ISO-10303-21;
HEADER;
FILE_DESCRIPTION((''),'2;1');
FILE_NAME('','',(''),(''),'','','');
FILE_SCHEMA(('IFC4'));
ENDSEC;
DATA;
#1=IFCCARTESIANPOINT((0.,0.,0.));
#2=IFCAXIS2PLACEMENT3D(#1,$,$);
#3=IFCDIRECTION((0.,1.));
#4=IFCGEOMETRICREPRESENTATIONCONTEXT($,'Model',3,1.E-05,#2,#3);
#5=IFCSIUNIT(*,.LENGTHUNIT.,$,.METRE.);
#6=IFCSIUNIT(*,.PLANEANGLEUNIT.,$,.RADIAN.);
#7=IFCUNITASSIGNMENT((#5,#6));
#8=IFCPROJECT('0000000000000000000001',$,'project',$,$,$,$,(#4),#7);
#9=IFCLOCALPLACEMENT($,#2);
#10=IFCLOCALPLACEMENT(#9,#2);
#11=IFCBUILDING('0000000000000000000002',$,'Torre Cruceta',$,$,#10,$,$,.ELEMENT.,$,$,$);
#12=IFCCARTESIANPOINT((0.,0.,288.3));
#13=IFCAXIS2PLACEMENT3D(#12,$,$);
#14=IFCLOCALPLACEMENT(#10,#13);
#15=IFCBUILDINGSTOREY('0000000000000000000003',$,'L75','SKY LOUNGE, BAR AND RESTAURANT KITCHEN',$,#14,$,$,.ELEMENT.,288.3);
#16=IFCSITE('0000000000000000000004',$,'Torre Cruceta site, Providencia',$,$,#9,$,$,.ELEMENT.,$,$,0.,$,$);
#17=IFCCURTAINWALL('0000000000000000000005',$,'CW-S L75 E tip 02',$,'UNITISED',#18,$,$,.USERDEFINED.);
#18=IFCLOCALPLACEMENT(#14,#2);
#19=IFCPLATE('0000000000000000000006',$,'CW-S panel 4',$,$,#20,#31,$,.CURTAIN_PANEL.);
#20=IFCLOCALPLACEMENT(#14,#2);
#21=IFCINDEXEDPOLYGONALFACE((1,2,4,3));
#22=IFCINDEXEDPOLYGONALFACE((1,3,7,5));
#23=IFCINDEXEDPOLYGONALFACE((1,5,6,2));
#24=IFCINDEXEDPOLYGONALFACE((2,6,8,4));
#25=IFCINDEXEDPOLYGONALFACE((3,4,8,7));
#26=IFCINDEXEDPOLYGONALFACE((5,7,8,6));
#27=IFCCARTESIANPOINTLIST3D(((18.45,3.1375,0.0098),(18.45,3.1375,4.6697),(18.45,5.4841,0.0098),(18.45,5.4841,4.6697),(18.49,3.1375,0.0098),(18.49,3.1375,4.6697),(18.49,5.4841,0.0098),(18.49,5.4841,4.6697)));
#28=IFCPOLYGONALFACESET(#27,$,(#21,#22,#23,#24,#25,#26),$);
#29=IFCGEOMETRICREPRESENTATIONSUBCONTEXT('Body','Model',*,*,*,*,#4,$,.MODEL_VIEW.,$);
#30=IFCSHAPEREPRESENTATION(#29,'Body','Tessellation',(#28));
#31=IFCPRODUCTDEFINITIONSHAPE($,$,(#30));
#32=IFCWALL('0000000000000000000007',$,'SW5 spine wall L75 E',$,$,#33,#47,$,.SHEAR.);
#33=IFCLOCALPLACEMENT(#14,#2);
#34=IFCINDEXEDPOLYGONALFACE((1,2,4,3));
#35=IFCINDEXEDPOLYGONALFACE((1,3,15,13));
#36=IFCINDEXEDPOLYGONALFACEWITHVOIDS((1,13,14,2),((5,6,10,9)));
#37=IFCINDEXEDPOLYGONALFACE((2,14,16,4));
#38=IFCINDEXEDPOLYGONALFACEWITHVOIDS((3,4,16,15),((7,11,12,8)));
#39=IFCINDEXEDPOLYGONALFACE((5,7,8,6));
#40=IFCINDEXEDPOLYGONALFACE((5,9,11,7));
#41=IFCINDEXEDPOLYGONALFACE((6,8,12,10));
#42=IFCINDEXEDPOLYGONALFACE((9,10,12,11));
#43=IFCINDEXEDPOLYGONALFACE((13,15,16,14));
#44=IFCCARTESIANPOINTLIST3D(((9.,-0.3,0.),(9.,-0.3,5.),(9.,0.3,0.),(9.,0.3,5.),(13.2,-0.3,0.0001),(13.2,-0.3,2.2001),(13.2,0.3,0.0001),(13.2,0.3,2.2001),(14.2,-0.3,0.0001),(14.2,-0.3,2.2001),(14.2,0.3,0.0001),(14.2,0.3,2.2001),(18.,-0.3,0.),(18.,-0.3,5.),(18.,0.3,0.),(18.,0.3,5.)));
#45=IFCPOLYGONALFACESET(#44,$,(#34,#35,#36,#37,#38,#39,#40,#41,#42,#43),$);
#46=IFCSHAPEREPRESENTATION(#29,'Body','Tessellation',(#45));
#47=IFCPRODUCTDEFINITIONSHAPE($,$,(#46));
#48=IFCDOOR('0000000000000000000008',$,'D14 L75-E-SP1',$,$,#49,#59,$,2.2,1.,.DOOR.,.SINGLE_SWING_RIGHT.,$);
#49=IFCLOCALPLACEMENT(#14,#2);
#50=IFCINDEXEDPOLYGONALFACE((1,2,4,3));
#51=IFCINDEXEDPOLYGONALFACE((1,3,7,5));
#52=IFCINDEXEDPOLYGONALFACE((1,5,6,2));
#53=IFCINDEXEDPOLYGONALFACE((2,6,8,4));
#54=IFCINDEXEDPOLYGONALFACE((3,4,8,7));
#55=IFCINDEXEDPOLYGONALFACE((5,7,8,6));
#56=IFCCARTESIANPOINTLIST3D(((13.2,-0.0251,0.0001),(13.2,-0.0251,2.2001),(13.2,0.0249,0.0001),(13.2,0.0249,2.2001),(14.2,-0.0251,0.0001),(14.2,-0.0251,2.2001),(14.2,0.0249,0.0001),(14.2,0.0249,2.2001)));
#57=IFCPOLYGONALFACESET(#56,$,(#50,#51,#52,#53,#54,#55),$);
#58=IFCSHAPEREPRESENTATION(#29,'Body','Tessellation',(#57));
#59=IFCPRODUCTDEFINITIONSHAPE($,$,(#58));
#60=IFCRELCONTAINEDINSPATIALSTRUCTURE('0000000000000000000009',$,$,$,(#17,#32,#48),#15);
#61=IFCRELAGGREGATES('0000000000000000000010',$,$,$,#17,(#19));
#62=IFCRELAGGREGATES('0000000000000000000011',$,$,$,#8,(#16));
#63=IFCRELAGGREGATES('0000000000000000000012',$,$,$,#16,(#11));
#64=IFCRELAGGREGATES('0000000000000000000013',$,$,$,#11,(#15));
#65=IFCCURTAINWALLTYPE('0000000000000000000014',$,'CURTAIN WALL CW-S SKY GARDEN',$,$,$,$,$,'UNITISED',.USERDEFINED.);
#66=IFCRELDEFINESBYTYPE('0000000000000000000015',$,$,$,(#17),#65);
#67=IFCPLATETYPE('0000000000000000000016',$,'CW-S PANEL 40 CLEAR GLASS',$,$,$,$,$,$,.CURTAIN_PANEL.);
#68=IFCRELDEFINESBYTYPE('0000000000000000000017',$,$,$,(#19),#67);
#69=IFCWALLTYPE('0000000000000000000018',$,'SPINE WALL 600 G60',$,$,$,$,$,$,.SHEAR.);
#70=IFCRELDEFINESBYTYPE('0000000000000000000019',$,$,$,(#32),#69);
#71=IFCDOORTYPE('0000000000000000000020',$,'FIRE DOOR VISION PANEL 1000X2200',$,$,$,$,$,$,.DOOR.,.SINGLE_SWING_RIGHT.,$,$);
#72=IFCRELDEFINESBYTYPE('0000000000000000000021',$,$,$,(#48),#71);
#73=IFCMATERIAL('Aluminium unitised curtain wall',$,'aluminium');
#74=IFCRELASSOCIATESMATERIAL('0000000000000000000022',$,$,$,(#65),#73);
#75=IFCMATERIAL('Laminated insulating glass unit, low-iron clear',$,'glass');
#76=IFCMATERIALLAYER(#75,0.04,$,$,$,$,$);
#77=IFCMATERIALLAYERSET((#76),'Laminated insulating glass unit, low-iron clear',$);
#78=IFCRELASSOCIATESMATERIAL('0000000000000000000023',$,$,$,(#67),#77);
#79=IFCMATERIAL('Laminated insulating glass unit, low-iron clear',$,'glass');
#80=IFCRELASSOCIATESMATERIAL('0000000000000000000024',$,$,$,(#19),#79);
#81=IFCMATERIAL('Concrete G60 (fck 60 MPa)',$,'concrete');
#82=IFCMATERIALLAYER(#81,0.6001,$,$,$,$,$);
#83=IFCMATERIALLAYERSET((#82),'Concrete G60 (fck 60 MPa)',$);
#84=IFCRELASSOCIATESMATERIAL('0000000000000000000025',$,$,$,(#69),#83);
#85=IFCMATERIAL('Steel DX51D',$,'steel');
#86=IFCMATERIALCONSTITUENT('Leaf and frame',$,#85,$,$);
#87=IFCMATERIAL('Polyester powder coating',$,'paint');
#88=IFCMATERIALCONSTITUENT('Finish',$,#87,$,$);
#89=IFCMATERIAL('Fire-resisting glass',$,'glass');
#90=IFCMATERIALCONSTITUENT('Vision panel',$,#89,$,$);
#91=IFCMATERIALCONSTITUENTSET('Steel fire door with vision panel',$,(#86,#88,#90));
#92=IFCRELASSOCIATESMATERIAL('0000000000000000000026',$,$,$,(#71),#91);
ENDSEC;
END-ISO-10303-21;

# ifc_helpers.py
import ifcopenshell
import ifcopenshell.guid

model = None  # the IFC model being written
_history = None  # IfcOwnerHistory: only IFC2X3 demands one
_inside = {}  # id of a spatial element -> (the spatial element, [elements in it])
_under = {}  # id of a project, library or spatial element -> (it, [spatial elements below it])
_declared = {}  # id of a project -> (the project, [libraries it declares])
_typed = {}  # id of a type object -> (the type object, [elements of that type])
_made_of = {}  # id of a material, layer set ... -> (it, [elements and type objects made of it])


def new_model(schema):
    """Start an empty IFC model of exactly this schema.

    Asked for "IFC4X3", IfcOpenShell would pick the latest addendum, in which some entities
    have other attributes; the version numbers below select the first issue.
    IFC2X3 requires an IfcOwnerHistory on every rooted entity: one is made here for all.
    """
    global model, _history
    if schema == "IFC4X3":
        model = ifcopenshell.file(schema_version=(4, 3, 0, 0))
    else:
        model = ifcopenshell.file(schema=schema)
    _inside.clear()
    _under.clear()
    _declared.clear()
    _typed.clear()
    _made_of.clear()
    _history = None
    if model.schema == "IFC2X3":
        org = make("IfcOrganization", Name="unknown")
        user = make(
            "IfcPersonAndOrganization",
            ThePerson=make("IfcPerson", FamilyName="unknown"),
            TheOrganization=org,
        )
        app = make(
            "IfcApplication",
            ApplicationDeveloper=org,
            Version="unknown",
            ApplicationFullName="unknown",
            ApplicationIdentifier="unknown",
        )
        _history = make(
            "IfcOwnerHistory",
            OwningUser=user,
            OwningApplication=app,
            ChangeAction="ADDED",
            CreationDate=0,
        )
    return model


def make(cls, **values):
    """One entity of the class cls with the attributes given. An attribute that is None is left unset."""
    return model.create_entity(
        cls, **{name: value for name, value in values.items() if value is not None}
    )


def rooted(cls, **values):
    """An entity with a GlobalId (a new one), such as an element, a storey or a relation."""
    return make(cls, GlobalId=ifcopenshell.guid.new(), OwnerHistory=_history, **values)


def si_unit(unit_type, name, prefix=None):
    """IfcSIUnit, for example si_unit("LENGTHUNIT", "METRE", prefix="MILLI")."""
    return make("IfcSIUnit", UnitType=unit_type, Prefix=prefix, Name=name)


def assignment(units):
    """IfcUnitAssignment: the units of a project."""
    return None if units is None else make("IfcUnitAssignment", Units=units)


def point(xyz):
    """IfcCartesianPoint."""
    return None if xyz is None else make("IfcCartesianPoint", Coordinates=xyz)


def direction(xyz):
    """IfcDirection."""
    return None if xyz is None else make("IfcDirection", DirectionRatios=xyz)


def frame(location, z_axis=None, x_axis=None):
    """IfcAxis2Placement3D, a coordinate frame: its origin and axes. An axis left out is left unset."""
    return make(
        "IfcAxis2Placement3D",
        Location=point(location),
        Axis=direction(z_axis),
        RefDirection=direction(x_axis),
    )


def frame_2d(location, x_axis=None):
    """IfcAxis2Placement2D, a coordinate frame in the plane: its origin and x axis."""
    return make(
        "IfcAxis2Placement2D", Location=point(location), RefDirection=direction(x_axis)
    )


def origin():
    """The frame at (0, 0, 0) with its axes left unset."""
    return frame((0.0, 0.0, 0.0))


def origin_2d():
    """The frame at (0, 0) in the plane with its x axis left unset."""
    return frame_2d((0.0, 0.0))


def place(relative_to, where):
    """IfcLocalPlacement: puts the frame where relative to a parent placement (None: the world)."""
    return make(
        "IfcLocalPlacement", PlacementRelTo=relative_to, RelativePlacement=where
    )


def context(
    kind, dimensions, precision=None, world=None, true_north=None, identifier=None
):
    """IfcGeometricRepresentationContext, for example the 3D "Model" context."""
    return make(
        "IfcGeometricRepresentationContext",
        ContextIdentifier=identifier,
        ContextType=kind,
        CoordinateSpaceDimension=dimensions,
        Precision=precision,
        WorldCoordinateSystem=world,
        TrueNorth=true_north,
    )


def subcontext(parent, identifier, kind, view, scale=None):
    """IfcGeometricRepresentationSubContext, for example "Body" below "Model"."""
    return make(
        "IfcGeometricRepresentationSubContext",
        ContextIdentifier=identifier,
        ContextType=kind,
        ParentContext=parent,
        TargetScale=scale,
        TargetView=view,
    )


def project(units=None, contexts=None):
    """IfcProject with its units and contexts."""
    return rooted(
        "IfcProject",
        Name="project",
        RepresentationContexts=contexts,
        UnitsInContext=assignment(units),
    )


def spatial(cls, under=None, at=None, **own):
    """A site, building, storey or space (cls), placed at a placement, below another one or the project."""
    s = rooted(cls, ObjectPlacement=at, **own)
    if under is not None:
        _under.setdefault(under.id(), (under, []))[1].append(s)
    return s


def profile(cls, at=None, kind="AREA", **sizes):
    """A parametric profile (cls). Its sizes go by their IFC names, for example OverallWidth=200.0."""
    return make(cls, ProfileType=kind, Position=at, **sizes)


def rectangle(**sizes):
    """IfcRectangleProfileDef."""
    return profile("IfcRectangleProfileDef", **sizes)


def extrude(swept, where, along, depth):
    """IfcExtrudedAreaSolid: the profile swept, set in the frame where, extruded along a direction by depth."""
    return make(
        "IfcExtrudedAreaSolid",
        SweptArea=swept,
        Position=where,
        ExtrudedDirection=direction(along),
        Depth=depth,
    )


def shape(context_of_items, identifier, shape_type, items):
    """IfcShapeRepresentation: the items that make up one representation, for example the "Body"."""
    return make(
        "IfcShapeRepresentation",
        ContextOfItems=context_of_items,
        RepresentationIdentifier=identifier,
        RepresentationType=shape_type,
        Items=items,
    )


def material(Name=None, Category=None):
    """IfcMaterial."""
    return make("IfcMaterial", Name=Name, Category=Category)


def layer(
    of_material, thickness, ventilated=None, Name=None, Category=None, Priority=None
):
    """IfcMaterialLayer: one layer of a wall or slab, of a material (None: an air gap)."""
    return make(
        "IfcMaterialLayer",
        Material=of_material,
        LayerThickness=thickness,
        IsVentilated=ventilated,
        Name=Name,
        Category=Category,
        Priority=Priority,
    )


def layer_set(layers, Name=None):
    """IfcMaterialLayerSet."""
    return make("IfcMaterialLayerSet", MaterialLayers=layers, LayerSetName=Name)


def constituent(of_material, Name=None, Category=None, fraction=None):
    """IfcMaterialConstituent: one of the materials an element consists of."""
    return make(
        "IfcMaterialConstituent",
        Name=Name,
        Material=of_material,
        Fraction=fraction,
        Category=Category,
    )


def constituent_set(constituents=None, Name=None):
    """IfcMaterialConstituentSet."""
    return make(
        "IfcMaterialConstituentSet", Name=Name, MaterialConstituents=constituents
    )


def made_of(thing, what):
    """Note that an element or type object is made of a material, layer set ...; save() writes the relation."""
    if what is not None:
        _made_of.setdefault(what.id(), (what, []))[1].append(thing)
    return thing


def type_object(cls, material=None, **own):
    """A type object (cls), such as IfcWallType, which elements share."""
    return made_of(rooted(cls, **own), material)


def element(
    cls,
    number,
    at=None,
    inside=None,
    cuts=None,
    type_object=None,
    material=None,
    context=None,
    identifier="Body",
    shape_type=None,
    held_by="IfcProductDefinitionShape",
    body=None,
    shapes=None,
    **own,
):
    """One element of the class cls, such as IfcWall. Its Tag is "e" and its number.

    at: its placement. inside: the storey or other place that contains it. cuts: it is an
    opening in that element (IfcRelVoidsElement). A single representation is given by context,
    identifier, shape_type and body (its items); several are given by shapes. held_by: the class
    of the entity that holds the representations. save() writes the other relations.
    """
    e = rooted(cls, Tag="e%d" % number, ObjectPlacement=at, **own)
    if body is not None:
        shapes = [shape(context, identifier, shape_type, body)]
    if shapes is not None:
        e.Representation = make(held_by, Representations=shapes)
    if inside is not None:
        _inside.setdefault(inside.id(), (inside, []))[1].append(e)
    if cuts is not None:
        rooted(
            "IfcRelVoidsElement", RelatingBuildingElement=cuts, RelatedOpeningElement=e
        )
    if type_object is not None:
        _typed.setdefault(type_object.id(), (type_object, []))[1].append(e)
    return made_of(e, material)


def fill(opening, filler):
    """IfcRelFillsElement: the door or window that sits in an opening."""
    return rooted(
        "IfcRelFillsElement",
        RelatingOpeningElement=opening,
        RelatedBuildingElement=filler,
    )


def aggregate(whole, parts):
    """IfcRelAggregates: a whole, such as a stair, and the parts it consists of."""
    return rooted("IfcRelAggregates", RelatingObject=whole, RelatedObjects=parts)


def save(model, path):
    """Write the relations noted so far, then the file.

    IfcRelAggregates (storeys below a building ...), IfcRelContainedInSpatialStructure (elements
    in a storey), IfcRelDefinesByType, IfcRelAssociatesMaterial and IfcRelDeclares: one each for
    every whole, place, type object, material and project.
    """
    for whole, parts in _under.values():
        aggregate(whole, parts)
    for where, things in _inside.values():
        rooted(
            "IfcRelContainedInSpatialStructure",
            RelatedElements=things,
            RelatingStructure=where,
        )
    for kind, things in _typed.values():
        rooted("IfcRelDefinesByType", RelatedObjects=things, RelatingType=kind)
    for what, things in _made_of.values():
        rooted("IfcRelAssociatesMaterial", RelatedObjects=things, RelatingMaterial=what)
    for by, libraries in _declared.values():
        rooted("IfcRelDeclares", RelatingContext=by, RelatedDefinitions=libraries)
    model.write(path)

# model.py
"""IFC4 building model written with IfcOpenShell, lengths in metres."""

from ifc_helpers import new_model, si_unit, direction, frame, frame_2d, origin, origin_2d, place, context, subcontext, project, spatial, rectangle, extrude, material, layer, layer_set, constituent, constituent_set, type_object, element, fill, aggregate, save


model = new_model("IFC4")

# Units and contexts
model_context = context("Model", 3, precision=1e-05, world=origin(), true_north=direction((0.0, 1.0)))
body_context = subcontext(model_context, "Body", "Model", "MODEL_VIEW")
ifc_project = project(units=[si_unit("LENGTHUNIT", "METRE"), si_unit("PLANEANGLEUNIT", "RADIAN")], contexts=[model_context])

# Site, building, storey
site_placement = place(None, origin())
site = spatial("IfcSite", under=ifc_project, at=site_placement, Name="Torre Cruceta site, Providencia", CompositionType="ELEMENT", RefElevation=0.0)
building_placement = place(site_placement, origin())
building = spatial("IfcBuilding", under=site, at=building_placement, Name="Torre Cruceta", CompositionType="ELEMENT")
storey_placement = place(building_placement, frame((0.0, 0.0, 288.3)))
storey = spatial("IfcBuildingStorey", under=building, at=storey_placement, Name="L75", Description="SKY LOUNGE, BAR AND RESTAURANT KITCHEN", CompositionType="ELEMENT", Elevation=288.3)

# Curtain wall
ifc_material_1 = material(Name="Aluminium unitised curtain wall", Category="aluminium")
curtain_wall_type = type_object("IfcCurtainWallType", Name="CURTAIN WALL CW-S SKY GARDEN", ElementType="UNITISED", PredefinedType="USERDEFINED", material=ifc_material_1)
curtain_wall_placement = place(storey_placement, origin())
curtain_wall = element("IfcCurtainWall", 1, at=curtain_wall_placement, inside=storey, type_object=curtain_wall_type, Name="CW-S L75 E tip 02", ObjectType="UNITISED", PredefinedType="USERDEFINED")

# Plate
ifc_material_2 = material(Name="Laminated insulating glass unit, low-iron clear", Category="glass")
ifc_material_3 = material(Name="Laminated insulating glass unit, low-iron clear", Category="glass")
ifc_layer_1 = layer(ifc_material_3, 0.04)
ifc_layer_set_1 = layer_set([ifc_layer_1], Name="Laminated insulating glass unit, low-iron clear")
plate_type = type_object("IfcPlateType", Name="CW-S PANEL 40 CLEAR GLASS", PredefinedType="CURTAIN_PANEL", material=ifc_layer_set_1)
plate_1_placement = place(storey_placement, frame((18.47, 4.3108, 0.0098), z_axis=(0.0, 0.0, 1.0), x_axis=(0.0, 1.0, 0.0)))
plate_1 = element("IfcPlate", 2, at=plate_1_placement, type_object=plate_type, material=ifc_material_2, Name="CW-S panel 4", PredefinedType="CURTAIN_PANEL", context=body_context, shape_type="SweptSolid", body=[
    extrude(rectangle(XDim=2.3467, YDim=0.04, at=origin_2d()), origin(), (0.0, 0.0, 1.0), 4.6599),
])
aggregate(curtain_wall, [plate_1])

# Wall, opening, door
ifc_material_4 = material(Name="Concrete G60 (fck 60 MPa)", Category="concrete")
ifc_layer_2 = layer(ifc_material_4, 0.6001)
ifc_layer_set_2 = layer_set([ifc_layer_2], Name="Concrete G60 (fck 60 MPa)")
wall_type = type_object("IfcWallType", Name="SPINE WALL 600 G60", PredefinedType="SHEAR", material=ifc_layer_set_2)
wall_placement = place(storey_placement, frame((9.0, 0.0, 0.0), z_axis=(0.0, 0.0, 1.0), x_axis=(1.0, 0.0, 0.0)))
wall = element("IfcWall", 3, at=wall_placement, inside=storey, type_object=wall_type, Name="SW5 spine wall L75 E", PredefinedType="SHEAR", context=body_context, shape_type="SweptSolid", body=[
    extrude(rectangle(XDim=9.0, YDim=0.6001, at=frame_2d((4.5, 0.0))), origin(), (0.0, 0.0, 1.0), 5.0),
])
opening_placement = place(wall_placement, frame((4.2, 0.0, 0.0)))
opening = element("IfcOpeningElement", 4, at=opening_placement, cuts=wall, PredefinedType="OPENING", context=body_context, shape_type="SweptSolid", body=[
    extrude(rectangle(XDim=1.0, YDim=2.2, at=frame_2d((0.5, 1.1001))), frame((0.0, 0.3101, 0.0), z_axis=(0.0, -1.0, 0.0), x_axis=(1.0, 0.0, 0.0)), (0.0, 0.0, 1.0), 0.6201),
])
ifc_material_5 = material(Name="Steel DX51D", Category="steel")
ifc_constituent_1 = constituent(ifc_material_5, Name="Leaf and frame")
ifc_material_6 = material(Name="Polyester powder coating", Category="paint")
ifc_constituent_2 = constituent(ifc_material_6, Name="Finish")
ifc_material_7 = material(Name="Fire-resisting glass", Category="glass")
ifc_constituent_3 = constituent(ifc_material_7, Name="Vision panel")
ifc_constituent_set = constituent_set(constituents=[ifc_constituent_1, ifc_constituent_2, ifc_constituent_3], Name="Steel fire door with vision panel")
door_type = type_object("IfcDoorType", Name="FIRE DOOR VISION PANEL 1000X2200", OperationType="SINGLE_SWING_RIGHT", PredefinedType="DOOR", material=ifc_constituent_set)
door_placement = place(opening_placement, frame((1.0, 0.0, 0.0), z_axis=(0.0, 0.0, 1.0), x_axis=(-1.0, 0.0, 0.0)))
door = element("IfcDoor", 5, at=door_placement, inside=storey, type_object=door_type, Name="D14 L75-E-SP1", OperationType="SINGLE_SWING_RIGHT", OverallHeight=2.2, OverallWidth=1.0, PredefinedType="DOOR", context=body_context, shape_type="SweptSolid", body=[
    extrude(rectangle(XDim=1.0, YDim=2.2, at=frame_2d((0.5, 1.1001))), frame((0.0, 0.0251, 0.0), z_axis=(0.0, -1.0, 0.0), x_axis=(1.0, 0.0, 0.0)), (0.0, 0.0, 1.0), 0.05),
])
fill(opening, door)

save(model, "model.ifc")
